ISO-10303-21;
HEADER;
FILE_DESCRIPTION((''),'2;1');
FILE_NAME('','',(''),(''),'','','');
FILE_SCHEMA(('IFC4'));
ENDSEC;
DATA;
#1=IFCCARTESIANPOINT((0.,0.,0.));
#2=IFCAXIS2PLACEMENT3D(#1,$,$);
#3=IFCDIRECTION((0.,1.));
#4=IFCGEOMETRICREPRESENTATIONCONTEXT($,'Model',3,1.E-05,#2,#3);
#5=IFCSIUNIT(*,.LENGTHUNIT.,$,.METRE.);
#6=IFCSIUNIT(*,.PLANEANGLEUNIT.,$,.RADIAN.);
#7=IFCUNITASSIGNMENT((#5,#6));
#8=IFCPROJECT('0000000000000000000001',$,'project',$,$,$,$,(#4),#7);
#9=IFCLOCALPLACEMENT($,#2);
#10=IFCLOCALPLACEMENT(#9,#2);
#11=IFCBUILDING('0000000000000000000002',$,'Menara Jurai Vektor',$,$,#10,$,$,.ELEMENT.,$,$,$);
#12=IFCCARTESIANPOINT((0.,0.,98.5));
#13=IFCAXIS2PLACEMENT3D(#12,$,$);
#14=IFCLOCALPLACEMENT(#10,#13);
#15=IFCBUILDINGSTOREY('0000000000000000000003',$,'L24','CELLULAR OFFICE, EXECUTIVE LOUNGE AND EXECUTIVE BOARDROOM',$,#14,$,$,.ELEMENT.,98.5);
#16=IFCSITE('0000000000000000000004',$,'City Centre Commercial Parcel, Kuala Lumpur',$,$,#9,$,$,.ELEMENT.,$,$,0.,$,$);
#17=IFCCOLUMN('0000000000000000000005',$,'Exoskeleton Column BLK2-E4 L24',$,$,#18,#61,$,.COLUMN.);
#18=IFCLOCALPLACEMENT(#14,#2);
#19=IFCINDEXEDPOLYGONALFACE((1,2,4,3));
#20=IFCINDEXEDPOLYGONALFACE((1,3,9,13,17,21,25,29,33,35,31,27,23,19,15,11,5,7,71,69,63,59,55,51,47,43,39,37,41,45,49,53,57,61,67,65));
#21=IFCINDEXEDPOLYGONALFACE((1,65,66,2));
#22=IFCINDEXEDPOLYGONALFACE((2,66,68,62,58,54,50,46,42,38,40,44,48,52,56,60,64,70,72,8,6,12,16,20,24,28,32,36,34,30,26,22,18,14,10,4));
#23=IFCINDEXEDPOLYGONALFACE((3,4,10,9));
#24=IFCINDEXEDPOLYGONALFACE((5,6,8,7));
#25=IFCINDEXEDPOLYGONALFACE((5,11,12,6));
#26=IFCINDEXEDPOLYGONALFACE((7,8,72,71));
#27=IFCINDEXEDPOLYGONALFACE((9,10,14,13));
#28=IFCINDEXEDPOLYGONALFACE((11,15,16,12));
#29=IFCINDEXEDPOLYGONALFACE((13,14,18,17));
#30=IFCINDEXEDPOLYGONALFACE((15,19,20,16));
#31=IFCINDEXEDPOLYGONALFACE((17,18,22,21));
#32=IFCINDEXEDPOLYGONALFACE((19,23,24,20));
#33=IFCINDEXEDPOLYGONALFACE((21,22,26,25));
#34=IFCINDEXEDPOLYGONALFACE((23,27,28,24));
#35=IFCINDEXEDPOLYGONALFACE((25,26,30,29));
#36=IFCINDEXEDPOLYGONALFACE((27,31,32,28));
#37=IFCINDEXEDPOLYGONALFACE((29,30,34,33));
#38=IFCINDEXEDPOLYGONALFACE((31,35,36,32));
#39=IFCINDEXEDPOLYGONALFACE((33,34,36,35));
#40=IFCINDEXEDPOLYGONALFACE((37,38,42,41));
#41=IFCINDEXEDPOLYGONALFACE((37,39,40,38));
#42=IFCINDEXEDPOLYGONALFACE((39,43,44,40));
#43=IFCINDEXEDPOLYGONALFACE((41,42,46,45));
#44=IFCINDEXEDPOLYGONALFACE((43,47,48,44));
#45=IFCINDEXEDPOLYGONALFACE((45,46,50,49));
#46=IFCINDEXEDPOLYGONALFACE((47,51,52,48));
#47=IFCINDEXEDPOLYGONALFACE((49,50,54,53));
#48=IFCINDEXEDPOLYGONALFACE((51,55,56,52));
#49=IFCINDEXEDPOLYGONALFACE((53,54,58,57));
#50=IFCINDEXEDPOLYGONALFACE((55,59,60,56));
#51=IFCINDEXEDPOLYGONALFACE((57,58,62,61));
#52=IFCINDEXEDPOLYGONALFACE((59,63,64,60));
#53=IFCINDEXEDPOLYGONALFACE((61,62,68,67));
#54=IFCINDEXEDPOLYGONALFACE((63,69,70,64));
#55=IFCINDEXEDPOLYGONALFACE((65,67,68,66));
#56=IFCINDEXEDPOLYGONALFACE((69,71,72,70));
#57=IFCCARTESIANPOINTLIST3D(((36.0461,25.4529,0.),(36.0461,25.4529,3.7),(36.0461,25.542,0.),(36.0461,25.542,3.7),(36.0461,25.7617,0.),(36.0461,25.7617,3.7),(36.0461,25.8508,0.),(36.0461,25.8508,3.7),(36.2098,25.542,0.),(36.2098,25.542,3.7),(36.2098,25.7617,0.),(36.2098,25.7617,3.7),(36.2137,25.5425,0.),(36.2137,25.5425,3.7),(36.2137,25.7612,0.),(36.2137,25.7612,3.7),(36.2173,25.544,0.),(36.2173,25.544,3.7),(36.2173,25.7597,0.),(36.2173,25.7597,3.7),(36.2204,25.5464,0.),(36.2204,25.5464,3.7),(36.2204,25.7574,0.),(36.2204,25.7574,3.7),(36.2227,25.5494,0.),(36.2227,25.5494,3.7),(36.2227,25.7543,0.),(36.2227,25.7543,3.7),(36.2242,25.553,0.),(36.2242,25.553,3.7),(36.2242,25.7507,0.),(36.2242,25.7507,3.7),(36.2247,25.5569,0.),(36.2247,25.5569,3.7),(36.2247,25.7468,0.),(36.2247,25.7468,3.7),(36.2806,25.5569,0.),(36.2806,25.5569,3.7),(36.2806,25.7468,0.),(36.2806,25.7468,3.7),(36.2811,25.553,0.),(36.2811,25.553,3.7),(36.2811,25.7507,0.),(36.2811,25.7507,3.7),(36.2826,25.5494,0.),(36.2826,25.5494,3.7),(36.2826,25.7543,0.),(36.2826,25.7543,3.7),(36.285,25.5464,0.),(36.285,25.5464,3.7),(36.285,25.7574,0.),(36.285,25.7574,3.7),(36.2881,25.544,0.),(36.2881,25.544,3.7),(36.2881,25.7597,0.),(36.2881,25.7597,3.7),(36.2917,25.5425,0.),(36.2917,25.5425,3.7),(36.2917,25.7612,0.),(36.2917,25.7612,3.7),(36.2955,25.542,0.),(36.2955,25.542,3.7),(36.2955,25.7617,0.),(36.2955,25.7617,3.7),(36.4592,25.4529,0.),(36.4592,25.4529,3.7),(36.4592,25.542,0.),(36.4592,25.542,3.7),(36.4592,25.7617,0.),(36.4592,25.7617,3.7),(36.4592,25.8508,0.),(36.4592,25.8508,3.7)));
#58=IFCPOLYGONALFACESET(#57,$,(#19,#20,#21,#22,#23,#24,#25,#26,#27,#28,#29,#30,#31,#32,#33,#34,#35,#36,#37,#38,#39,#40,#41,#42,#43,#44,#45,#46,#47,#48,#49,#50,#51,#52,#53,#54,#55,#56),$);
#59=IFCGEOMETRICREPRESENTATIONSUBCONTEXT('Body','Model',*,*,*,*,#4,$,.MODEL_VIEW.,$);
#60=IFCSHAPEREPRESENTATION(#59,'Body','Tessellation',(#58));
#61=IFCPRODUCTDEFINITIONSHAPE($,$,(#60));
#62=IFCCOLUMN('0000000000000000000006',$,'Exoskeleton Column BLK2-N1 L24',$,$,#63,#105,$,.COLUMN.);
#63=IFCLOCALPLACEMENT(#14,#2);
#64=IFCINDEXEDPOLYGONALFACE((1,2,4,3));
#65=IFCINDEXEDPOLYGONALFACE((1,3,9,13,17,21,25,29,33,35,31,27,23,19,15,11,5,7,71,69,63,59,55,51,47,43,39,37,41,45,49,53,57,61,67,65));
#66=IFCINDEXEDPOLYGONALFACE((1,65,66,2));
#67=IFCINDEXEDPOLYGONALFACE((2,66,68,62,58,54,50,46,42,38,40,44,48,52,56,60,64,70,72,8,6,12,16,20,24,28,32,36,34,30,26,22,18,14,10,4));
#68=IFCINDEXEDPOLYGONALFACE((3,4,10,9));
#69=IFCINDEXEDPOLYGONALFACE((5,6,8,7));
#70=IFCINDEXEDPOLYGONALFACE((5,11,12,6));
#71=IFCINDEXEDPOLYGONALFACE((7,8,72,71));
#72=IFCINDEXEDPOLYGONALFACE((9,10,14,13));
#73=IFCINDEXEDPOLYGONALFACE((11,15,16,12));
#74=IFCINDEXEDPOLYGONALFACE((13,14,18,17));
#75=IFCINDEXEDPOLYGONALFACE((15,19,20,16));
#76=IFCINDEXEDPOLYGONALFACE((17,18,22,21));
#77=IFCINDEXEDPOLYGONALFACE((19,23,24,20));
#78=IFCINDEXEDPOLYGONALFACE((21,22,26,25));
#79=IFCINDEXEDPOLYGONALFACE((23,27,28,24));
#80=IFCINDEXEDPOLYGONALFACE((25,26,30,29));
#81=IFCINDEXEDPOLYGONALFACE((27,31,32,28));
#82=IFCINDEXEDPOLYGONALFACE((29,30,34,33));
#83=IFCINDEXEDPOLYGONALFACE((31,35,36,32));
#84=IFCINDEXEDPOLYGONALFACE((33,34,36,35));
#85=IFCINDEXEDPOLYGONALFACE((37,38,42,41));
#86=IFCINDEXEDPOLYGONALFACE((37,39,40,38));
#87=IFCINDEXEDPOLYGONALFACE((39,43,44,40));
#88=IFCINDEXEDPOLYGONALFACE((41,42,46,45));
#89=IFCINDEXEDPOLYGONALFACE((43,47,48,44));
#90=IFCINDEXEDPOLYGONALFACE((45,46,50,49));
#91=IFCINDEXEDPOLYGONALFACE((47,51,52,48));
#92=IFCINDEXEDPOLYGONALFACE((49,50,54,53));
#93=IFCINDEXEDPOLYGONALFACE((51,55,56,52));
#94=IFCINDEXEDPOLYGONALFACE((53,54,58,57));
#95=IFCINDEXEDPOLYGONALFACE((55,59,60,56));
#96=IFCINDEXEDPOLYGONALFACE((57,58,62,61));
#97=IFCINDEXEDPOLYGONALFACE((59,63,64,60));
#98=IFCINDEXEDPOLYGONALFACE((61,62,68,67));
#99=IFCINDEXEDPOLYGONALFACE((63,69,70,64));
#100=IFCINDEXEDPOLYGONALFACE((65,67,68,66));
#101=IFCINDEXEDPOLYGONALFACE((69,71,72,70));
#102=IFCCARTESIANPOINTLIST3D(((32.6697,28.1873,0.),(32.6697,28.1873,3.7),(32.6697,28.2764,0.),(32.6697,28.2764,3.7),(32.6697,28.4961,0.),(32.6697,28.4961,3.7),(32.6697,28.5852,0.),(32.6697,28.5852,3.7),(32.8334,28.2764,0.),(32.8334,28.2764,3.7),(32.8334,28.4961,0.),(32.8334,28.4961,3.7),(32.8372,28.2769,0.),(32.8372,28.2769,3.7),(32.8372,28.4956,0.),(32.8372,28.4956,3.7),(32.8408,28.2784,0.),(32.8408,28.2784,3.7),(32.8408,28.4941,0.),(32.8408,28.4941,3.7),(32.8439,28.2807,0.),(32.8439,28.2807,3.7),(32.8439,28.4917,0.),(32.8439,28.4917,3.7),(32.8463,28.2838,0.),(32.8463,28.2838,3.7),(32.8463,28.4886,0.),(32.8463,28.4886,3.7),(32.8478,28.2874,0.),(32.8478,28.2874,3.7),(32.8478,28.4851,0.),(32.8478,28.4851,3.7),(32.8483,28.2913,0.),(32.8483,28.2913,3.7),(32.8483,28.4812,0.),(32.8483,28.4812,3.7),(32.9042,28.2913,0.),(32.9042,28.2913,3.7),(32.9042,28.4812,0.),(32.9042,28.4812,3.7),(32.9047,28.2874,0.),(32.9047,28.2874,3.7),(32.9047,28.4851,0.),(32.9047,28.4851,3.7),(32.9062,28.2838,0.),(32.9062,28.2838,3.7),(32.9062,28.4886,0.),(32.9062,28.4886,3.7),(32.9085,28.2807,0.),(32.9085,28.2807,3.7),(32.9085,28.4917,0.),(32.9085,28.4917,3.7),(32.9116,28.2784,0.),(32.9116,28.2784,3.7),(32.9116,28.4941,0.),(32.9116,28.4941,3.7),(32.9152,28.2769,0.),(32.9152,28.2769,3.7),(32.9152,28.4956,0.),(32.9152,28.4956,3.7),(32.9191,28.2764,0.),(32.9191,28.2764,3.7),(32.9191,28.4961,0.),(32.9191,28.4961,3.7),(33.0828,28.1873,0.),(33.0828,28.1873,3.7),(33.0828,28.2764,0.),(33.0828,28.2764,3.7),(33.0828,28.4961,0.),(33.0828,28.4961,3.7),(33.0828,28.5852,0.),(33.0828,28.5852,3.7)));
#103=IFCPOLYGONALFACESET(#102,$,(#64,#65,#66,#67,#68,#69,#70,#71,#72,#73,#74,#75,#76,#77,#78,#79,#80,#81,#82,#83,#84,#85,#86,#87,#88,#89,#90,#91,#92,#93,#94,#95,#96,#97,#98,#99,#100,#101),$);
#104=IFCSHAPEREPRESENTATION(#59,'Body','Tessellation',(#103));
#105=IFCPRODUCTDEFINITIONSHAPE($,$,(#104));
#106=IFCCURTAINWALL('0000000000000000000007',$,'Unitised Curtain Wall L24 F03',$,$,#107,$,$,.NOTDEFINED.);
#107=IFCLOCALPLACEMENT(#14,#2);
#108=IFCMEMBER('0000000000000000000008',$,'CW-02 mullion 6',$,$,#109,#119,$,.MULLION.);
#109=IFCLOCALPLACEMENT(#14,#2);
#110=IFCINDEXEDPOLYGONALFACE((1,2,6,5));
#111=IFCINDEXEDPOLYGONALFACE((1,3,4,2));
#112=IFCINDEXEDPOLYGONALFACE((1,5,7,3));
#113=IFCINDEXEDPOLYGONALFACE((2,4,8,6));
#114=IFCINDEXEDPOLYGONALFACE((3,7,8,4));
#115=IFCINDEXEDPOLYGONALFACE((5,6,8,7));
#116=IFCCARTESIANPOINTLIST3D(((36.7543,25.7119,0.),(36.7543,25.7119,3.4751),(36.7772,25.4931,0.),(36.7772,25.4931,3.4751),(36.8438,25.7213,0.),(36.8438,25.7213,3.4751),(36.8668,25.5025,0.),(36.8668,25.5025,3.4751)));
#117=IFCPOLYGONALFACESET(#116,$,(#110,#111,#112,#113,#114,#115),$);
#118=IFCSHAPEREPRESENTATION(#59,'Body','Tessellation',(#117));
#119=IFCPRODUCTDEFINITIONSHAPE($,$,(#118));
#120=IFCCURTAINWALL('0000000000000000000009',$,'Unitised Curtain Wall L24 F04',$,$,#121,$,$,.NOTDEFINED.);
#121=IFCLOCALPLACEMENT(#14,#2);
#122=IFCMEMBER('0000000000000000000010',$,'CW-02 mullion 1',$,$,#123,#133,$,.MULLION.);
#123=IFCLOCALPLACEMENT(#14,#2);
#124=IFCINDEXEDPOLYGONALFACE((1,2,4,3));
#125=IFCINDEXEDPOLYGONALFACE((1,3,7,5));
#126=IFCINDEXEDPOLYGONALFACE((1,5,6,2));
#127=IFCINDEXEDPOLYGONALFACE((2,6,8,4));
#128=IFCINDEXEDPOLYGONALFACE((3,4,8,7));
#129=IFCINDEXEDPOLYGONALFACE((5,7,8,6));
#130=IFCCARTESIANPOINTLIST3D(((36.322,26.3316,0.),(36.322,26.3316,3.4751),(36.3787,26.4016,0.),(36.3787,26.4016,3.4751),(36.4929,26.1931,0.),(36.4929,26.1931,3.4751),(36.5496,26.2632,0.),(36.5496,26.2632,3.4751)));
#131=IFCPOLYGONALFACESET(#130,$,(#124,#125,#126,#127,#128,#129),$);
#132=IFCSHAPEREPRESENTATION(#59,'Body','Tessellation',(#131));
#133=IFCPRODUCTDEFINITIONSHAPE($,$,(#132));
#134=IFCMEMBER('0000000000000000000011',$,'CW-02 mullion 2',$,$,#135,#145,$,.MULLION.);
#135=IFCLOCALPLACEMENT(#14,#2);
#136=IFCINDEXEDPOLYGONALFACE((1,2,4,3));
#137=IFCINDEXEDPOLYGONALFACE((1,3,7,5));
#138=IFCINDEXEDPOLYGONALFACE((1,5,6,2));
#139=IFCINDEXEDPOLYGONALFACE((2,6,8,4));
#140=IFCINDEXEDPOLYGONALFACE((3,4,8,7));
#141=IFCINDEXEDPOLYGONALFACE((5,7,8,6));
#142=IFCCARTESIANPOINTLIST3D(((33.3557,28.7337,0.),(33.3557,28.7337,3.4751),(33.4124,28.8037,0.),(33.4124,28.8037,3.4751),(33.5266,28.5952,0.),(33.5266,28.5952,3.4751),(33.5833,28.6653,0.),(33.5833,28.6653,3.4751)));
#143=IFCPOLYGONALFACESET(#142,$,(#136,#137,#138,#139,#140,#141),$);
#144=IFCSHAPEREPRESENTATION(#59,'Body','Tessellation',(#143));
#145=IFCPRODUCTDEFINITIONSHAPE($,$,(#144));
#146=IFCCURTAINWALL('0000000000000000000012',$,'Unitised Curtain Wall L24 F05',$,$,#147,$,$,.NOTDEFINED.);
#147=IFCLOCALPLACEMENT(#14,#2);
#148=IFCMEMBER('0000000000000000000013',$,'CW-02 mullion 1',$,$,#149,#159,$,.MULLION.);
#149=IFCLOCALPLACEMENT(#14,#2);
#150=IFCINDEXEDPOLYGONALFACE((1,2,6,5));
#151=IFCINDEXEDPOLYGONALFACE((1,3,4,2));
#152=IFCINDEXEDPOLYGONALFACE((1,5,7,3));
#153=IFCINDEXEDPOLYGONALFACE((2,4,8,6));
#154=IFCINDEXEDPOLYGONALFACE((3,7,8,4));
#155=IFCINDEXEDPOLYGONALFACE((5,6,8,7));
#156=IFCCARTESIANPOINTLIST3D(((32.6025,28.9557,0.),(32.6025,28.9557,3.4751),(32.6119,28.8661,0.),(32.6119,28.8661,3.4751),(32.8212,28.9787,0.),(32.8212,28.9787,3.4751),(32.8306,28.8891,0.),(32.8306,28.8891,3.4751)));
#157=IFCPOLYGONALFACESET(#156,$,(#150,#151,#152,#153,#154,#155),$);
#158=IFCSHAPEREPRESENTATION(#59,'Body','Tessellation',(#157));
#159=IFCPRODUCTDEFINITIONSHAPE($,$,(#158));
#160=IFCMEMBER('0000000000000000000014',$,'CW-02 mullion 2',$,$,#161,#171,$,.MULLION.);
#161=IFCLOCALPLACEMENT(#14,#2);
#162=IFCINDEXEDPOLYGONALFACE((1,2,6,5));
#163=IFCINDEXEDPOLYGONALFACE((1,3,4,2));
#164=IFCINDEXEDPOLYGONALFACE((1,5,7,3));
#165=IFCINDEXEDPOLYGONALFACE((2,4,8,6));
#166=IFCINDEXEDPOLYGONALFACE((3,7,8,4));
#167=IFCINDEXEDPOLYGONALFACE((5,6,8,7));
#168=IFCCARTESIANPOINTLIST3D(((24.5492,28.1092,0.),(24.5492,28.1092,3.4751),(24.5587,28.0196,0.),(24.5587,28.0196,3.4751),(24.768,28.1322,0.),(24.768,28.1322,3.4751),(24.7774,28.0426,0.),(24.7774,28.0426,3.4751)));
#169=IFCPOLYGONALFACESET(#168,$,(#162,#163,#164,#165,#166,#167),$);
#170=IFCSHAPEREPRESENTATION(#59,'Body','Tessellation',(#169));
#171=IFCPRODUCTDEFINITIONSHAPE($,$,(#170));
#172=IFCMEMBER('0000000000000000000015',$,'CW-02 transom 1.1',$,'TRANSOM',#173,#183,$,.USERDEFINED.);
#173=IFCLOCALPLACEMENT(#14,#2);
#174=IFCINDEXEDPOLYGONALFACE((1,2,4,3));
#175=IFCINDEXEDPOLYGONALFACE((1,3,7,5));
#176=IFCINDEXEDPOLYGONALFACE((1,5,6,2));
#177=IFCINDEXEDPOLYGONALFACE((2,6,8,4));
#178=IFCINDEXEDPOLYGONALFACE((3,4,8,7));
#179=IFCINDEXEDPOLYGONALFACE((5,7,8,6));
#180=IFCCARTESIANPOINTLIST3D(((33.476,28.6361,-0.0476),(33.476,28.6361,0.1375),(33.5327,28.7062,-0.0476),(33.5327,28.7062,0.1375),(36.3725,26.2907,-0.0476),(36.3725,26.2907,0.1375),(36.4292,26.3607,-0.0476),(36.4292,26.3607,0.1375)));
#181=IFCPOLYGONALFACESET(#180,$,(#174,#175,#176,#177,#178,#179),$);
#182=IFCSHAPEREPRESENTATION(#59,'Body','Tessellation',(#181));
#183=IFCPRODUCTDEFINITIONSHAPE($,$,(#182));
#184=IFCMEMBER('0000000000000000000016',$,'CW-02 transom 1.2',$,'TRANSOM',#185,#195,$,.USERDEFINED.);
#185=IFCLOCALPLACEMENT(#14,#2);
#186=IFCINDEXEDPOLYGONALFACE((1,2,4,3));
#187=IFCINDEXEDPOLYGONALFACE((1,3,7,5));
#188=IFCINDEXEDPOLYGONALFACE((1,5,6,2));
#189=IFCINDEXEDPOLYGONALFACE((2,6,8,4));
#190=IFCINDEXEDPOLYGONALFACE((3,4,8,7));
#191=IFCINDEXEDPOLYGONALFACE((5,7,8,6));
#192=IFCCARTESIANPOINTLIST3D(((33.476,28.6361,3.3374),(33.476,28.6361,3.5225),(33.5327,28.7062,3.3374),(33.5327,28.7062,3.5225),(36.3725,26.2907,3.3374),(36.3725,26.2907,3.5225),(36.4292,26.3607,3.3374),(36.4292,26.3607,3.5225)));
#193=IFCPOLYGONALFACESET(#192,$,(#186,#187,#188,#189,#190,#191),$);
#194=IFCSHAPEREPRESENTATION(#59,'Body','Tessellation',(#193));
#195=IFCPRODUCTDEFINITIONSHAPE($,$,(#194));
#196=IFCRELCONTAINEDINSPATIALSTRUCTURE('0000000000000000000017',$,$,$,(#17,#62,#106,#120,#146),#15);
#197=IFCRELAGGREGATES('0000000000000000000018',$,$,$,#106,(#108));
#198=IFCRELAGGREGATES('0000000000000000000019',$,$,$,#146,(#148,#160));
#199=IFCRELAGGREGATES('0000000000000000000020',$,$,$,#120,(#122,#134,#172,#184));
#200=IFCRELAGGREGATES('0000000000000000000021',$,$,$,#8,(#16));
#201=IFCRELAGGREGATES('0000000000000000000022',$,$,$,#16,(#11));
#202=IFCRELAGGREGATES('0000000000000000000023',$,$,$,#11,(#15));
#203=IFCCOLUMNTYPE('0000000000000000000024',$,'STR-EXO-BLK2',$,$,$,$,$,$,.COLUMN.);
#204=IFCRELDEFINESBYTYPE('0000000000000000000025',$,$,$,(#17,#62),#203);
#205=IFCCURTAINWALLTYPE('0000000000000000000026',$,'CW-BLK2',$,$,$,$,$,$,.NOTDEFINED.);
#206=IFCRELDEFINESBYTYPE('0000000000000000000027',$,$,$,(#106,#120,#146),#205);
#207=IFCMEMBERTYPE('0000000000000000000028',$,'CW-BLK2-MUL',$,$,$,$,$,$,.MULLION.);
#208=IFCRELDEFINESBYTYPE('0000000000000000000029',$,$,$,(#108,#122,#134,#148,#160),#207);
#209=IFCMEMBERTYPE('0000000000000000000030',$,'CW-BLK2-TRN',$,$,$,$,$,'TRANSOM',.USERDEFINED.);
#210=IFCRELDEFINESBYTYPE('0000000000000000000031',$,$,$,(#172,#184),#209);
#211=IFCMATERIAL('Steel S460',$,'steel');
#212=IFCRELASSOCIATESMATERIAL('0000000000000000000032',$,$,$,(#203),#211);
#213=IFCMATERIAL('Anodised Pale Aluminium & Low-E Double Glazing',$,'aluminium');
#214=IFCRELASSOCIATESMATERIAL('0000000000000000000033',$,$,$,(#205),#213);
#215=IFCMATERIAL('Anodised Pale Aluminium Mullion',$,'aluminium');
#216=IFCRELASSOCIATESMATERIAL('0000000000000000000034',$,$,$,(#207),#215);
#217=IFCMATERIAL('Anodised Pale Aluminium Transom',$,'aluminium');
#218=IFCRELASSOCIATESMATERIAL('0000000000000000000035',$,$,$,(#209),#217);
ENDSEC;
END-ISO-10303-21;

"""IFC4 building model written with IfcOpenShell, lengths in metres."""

from ifc_helpers import new_model, si_unit, direction, frame, origin, origin_2d, place, context, subcontext, project, spatial, rectangle, i_section, extrude, material, material_profile, profile_set, type_object, element, aggregate, save


model = new_model("IFC4")

# Units and contexts
model_context = context("Model", 3, precision=1e-05, world=origin(), true_north=direction((0.0, 1.0)))
body_context = subcontext(model_context, "Body", "Model", "MODEL_VIEW")
ifc_project = project(units=[si_unit("LENGTHUNIT", "METRE"), si_unit("PLANEANGLEUNIT", "RADIAN")], contexts=[model_context])

# Site, building, storey
site_placement = place(None, origin())
site = spatial("IfcSite", under=ifc_project, at=site_placement, Name="City Centre Commercial Parcel, Kuala Lumpur", CompositionType="ELEMENT", RefElevation=0.0)
building_placement = place(site_placement, origin())
building = spatial("IfcBuilding", under=site, at=building_placement, Name="Menara Jurai Vektor", CompositionType="ELEMENT")
storey_placement = place(building_placement, frame((0.0, 0.0, 98.5)))
storey = spatial("IfcBuildingStorey", under=building, at=storey_placement, Name="L24", Description="CELLULAR OFFICE, EXECUTIVE LOUNGE AND EXECUTIVE BOARDROOM", CompositionType="ELEMENT", Elevation=98.5)

# Columns
ifc_material_1 = material(Name="Steel S460", Category="steel")
ifc_material_profile_1 = material_profile(ifc_material_1, i_section(OverallWidth=0.4131, OverallDepth=0.3979, WebThickness=0.0559, FlangeThickness=0.0891, FilletRadius=0.0149, at=origin_2d()), Name="HD 400x744")
ifc_profile_set_1 = profile_set([ifc_material_profile_1], Name="Steel S460")
column_type = type_object("IfcColumnType", Name="STR-EXO-BLK2", PredefinedType="COLUMN", material=ifc_profile_set_1)
for number, where, z_axis, x_axis, name in (
    (1, (36.2527, 25.6519, 0.0), (0.0, 0.0, 1.0), (1.0, 0.0, 0.0), "Exoskeleton Column BLK2-E4 L24"),
    (2, (32.8762, 28.3862, 0.0), (0.0, 0.0, 1.0), (1.0, 0.0, 0.0), "Exoskeleton Column BLK2-N1 L24"),
):
    element("IfcColumn", number, at=place(storey_placement, frame(where, z_axis=z_axis, x_axis=x_axis)), inside=storey, type_object=column_type, Name=name, PredefinedType="COLUMN", context=body_context, shape_type="SweptSolid", body=[
        extrude(i_section(OverallWidth=0.4131, OverallDepth=0.3979, WebThickness=0.0559, FlangeThickness=0.0891, FilletRadius=0.0149, at=origin_2d()), origin(), (0.0, 0.0, 1.0), 3.7),
    ])

# Curtain wall, member
ifc_material_2 = material(Name="Anodised Pale Aluminium & Low-E Double Glazing", Category="aluminium")
curtain_wall_type = type_object("IfcCurtainWallType", Name="CW-BLK2", PredefinedType="NOTDEFINED", material=ifc_material_2)
curtain_wall_1_placement = place(storey_placement, origin())
curtain_wall_1 = element("IfcCurtainWall", 3, at=curtain_wall_1_placement, inside=storey, type_object=curtain_wall_type, Name="Unitised Curtain Wall L24 F03", PredefinedType="NOTDEFINED")
ifc_material_3 = material(Name="Anodised Pale Aluminium Mullion", Category="aluminium")
ifc_material_profile_2 = material_profile(ifc_material_3, rectangle(XDim=0.0901, YDim=0.22, at=origin_2d()), Name="ALU MUL 90x220")
ifc_profile_set_2 = profile_set([ifc_material_profile_2], Name="Anodised Pale Aluminium Mullion")
member_type_1 = type_object("IfcMemberType", Name="CW-BLK2-MUL", PredefinedType="MULLION", material=ifc_profile_set_2)
member_1_placement = place(storey_placement, frame((36.8105, 25.6072, 0.0), z_axis=(0.0, 0.0, 1.0), x_axis=(-0.994522, -0.10453, 0.0)))
member_1 = element("IfcMember", 4, at=member_1_placement, type_object=member_type_1, Name="CW-02 mullion 6", PredefinedType="MULLION", context=body_context, shape_type="SweptSolid", body=[
    extrude(rectangle(XDim=0.0901, YDim=0.22, at=origin_2d()), origin(), (0.0, 0.0, 1.0), 3.4751),
])

# Curtain walls, members
curtain_wall_2_placement = place(storey_placement, origin())
curtain_wall_2 = element("IfcCurtainWall", 5, at=curtain_wall_2_placement, inside=storey, type_object=curtain_wall_type, Name="Unitised Curtain Wall L24 F04", PredefinedType="NOTDEFINED")
member_2_placement = place(storey_placement, frame((36.4358, 26.2974, 0.0), z_axis=(0.0, 0.0, 1.0), x_axis=(-0.629313, -0.777152, 0.0)))
member_2 = element("IfcMember", 6, at=member_2_placement, type_object=member_type_1, Name="CW-02 mullion 1", PredefinedType="MULLION", context=body_context, shape_type="SweptSolid", body=[
    extrude(rectangle(XDim=0.0901, YDim=0.22, at=origin_2d()), origin(), (0.0, 0.0, 1.0), 3.4751),
])
member_3_placement = place(storey_placement, frame((33.4695, 28.6995, 0.0), z_axis=(0.0, 0.0, 1.0), x_axis=(-0.629313, -0.777152, 0.0)))
member_3 = element("IfcMember", 7, at=member_3_placement, type_object=member_type_1, Name="CW-02 mullion 2", PredefinedType="MULLION", context=body_context, shape_type="SweptSolid", body=[
    extrude(rectangle(XDim=0.0901, YDim=0.22, at=origin_2d()), origin(), (0.0, 0.0, 1.0), 3.4751),
])
curtain_wall_3_placement = place(storey_placement, origin())
curtain_wall_3 = element("IfcCurtainWall", 8, at=curtain_wall_3_placement, inside=storey, type_object=curtain_wall_type, Name="Unitised Curtain Wall L24 F05", PredefinedType="NOTDEFINED")
member_4_placement = place(storey_placement, frame((32.7166, 28.9224, 0.0), z_axis=(0.0, 0.0, 1.0), x_axis=(0.104529, -0.994522, 0.0)))
member_4 = element("IfcMember", 9, at=member_4_placement, type_object=member_type_1, Name="CW-02 mullion 1", PredefinedType="MULLION", context=body_context, shape_type="SweptSolid", body=[
    extrude(rectangle(XDim=0.0901, YDim=0.22, at=origin_2d()), origin(), (0.0, 0.0, 1.0), 3.4751),
])
member_5_placement = place(storey_placement, frame((24.6633, 28.0759, 0.0), z_axis=(0.0, 0.0, 1.0), x_axis=(0.104529, -0.994522, 0.0)))
member_5 = element("IfcMember", 10, at=member_5_placement, type_object=member_type_1, Name="CW-02 mullion 2", PredefinedType="MULLION", context=body_context, shape_type="SweptSolid", body=[
    extrude(rectangle(XDim=0.0901, YDim=0.22, at=origin_2d()), origin(), (0.0, 0.0, 1.0), 3.4751),
])

# Members
ifc_material_4 = material(Name="Anodised Pale Aluminium Transom", Category="aluminium")
ifc_material_profile_3 = material_profile(ifc_material_4, rectangle(XDim=0.0901, YDim=0.1851, at=origin_2d()), Name="ALU TRN 90x185")
ifc_profile_set_3 = profile_set([ifc_material_profile_3], Name="Anodised Pale Aluminium Transom")
member_type_2 = type_object("IfcMemberType", Name="CW-BLK2-TRN", ElementType="TRANSOM", PredefinedType="USERDEFINED", material=ifc_profile_set_3)
member_6_placement = place(storey_placement, frame((36.4009, 26.3257, 0.0449), z_axis=(-0.777155, 0.629309, 0.0), x_axis=(-0.629309, -0.777155, 0.0)))
member_6 = element("IfcMember", 11, at=member_6_placement, type_object=member_type_2, Name="CW-02 transom 1.1", ObjectType="TRANSOM", PredefinedType="USERDEFINED", context=body_context, shape_type="SweptSolid", body=[
    extrude(rectangle(XDim=0.0901, YDim=0.1851, at=origin_2d()), origin(), (0.0, 0.0, 1.0), 3.7271),
])
member_7_placement = place(storey_placement, frame((36.4009, 26.3257, 3.4299), z_axis=(-0.777155, 0.629309, 0.0), x_axis=(-0.629309, -0.777155, 0.0)))
member_7 = element("IfcMember", 12, at=member_7_placement, type_object=member_type_2, Name="CW-02 transom 1.2", ObjectType="TRANSOM", PredefinedType="USERDEFINED", context=body_context, shape_type="SweptSolid", body=[
    extrude(rectangle(XDim=0.0901, YDim=0.1851, at=origin_2d()), origin(), (0.0, 0.0, 1.0), 3.7271),
])

aggregate(curtain_wall_1, [member_1])
aggregate(curtain_wall_3, [member_4, member_5])
aggregate(curtain_wall_2, [member_2, member_3, member_6, member_7])

save(model, "model.ifc")
